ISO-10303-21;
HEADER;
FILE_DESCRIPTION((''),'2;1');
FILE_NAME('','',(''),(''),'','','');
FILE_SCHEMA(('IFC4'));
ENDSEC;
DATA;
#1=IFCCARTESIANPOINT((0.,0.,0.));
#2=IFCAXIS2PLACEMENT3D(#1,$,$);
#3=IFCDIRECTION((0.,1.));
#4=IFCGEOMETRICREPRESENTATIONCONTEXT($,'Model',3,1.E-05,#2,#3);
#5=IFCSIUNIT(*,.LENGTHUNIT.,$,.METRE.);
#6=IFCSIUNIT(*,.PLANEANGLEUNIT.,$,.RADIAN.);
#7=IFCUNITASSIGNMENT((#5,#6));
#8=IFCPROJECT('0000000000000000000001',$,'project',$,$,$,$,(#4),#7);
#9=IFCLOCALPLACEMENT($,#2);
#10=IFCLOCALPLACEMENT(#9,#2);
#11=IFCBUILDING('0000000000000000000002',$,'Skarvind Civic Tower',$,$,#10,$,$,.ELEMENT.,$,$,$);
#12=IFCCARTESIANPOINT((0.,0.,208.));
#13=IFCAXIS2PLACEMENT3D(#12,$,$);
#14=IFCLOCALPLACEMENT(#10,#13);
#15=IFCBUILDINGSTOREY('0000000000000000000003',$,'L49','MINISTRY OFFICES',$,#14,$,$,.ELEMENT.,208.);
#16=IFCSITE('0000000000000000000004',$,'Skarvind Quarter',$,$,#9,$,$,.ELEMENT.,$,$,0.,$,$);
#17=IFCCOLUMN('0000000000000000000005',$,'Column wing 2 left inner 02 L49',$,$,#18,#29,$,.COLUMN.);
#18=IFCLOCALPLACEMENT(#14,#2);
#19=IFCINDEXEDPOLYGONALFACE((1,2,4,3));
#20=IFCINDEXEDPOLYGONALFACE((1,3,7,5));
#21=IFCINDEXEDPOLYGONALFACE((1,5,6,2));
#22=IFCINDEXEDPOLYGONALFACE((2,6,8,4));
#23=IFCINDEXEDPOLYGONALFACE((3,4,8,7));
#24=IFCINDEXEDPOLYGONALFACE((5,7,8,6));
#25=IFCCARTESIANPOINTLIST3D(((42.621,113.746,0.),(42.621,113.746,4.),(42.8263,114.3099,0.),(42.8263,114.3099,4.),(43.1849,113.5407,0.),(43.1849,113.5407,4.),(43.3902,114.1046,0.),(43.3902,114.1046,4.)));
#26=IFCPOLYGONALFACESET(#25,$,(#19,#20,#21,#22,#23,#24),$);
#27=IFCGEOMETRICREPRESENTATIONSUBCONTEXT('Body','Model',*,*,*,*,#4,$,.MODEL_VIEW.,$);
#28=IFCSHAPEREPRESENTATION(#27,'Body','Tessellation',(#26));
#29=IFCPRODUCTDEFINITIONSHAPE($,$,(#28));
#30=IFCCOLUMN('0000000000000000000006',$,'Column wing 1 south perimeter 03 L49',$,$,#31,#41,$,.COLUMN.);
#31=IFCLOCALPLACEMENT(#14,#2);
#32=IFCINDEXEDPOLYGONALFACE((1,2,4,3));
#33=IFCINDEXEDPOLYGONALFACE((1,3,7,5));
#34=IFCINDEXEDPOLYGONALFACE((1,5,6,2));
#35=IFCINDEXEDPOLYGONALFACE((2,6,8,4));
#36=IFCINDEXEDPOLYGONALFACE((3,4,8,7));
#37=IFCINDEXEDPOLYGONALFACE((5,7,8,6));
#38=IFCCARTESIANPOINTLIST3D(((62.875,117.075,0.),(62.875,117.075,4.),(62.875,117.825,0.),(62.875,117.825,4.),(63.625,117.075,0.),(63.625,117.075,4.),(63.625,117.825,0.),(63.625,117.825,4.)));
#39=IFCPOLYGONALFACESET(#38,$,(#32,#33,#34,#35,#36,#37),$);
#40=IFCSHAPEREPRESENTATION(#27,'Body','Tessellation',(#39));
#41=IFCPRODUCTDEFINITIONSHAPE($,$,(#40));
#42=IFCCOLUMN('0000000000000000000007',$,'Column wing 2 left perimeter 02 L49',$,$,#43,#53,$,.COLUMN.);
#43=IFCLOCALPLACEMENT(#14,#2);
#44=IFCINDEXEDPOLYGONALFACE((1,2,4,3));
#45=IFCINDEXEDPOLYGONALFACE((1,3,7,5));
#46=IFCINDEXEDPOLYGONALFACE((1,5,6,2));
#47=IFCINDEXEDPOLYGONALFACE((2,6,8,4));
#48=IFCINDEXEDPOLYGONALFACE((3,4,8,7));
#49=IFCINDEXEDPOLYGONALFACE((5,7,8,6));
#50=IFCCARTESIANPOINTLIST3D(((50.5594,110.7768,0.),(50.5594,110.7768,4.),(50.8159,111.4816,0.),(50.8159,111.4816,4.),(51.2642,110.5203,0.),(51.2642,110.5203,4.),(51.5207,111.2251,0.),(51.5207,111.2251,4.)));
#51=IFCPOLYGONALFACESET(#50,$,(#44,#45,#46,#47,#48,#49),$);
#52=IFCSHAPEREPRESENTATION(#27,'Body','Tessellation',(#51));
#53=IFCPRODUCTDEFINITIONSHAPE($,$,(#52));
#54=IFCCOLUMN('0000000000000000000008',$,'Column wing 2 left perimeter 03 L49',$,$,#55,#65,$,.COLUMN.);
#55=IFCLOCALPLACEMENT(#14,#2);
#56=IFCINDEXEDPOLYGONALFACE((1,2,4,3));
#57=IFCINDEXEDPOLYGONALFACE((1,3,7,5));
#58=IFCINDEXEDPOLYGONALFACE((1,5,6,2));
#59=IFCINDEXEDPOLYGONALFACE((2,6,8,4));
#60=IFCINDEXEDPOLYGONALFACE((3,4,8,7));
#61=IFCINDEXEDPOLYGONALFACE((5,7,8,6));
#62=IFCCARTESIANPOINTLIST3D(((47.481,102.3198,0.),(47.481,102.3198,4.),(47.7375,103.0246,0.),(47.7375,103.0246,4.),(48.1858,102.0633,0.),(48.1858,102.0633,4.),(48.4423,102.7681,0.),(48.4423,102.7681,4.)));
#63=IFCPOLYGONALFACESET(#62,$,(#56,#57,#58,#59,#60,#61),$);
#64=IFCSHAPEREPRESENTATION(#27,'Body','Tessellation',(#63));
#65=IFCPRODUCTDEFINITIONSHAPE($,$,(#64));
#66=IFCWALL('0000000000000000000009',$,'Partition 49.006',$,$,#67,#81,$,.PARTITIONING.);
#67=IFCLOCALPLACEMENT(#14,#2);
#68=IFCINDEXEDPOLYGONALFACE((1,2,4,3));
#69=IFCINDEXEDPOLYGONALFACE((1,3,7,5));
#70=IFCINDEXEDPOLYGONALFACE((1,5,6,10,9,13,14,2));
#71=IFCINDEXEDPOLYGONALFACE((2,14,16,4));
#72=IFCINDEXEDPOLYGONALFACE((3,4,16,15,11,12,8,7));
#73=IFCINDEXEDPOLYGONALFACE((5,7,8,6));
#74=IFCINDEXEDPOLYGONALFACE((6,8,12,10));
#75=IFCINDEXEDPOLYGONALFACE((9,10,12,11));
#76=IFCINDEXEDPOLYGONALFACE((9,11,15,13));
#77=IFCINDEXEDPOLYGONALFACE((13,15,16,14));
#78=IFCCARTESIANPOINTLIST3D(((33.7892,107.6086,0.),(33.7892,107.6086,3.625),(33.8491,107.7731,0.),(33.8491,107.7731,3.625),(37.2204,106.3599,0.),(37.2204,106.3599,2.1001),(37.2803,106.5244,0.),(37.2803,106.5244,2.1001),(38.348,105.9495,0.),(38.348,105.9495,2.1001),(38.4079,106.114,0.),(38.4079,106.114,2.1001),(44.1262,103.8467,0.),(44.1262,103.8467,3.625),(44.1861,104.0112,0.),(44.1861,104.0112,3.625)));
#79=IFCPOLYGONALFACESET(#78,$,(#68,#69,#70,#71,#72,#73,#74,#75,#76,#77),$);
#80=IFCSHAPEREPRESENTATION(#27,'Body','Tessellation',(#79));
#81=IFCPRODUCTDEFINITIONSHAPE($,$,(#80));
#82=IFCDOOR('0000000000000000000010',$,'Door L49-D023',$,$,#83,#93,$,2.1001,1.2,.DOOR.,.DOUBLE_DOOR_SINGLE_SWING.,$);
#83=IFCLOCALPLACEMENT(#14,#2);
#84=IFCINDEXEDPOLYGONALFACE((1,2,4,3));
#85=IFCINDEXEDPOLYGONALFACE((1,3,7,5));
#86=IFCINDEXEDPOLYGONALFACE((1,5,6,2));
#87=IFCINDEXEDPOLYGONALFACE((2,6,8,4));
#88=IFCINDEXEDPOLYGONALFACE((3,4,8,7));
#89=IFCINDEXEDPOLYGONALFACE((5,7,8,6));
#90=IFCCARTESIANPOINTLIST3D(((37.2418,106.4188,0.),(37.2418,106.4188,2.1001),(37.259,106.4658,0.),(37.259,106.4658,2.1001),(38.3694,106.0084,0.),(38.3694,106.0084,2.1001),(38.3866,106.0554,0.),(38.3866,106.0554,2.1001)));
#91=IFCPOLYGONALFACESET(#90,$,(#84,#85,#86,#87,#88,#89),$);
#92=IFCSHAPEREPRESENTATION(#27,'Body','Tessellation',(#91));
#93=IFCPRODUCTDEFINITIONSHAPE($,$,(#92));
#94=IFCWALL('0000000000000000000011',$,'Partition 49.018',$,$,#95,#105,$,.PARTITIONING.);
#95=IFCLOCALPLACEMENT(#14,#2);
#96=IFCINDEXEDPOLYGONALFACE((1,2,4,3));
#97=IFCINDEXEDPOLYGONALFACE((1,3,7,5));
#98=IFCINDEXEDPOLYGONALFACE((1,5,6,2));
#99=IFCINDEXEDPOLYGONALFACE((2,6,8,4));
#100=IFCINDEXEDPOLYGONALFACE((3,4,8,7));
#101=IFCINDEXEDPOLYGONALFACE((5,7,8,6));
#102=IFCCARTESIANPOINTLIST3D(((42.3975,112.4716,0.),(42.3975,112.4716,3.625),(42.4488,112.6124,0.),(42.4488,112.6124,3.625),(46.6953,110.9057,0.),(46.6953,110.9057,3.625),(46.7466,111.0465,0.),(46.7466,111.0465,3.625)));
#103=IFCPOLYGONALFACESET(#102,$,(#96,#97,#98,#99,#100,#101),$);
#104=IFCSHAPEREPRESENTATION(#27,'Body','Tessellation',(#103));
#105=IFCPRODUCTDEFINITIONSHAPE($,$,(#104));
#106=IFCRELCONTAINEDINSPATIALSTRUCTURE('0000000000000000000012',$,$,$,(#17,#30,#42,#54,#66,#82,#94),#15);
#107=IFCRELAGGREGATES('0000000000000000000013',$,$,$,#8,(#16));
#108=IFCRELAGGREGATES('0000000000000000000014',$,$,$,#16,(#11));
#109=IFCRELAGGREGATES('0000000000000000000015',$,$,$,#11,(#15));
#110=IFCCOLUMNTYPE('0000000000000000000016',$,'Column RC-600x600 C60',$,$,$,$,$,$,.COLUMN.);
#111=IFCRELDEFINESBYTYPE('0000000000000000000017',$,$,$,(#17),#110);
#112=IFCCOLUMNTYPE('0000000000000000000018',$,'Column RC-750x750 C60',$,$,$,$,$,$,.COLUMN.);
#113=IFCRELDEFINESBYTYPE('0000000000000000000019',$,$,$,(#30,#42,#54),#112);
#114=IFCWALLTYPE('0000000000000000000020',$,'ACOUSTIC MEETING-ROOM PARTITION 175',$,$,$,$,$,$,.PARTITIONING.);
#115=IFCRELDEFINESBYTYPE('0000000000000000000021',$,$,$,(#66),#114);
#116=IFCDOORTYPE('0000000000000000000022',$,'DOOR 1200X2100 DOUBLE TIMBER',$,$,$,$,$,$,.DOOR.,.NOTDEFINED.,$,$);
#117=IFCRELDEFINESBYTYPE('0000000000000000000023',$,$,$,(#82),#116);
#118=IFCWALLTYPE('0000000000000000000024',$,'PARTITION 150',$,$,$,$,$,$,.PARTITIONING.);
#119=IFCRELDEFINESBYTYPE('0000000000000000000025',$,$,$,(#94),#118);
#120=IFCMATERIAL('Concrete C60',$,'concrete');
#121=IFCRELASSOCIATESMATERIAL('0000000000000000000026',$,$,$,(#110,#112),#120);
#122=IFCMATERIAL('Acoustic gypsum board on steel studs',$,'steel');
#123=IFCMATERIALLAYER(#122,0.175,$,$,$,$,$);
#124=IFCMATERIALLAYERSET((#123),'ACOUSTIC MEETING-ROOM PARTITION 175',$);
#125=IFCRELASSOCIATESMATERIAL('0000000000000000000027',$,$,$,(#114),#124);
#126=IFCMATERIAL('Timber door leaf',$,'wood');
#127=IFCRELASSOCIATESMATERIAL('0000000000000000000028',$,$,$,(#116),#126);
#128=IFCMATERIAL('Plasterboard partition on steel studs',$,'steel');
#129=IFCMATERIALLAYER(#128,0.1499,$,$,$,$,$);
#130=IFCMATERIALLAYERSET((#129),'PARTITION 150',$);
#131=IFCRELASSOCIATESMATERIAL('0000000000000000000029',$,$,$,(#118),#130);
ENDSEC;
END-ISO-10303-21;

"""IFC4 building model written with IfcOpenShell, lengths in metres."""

from ifc_helpers import new_model, si_unit, direction, frame, frame_2d, origin, origin_2d, place, context, subcontext, project, spatial, rectangle, extrude, material, layer, layer_set, material_profile, profile_set, type_object, element, fill, save


model = new_model("IFC4")

# Units and contexts
model_context = context("Model", 3, precision=1e-05, world=origin(), true_north=direction((0.0, 1.0)))
body_context = subcontext(model_context, "Body", "Model", "MODEL_VIEW")
ifc_project = project(units=[si_unit("LENGTHUNIT", "METRE"), si_unit("PLANEANGLEUNIT", "RADIAN")], contexts=[model_context])

# Site, building, storey
site_placement = place(None, origin())
site = spatial("IfcSite", under=ifc_project, at=site_placement, Name="Skarvind Quarter", CompositionType="ELEMENT", RefElevation=0.0)
building_placement = place(site_placement, origin())
building = spatial("IfcBuilding", under=site, at=building_placement, Name="Skarvind Civic Tower", CompositionType="ELEMENT")
storey_placement = place(building_placement, frame((0.0, 0.0, 208.0)))
storey = spatial("IfcBuildingStorey", under=building, at=storey_placement, Name="L49", Description="MINISTRY OFFICES", CompositionType="ELEMENT", Elevation=208.0)

# Columns
ifc_material_1 = material(Name="Concrete C60", Category="concrete")
ifc_material_profile_1 = material_profile(ifc_material_1, rectangle(XDim=0.6001, YDim=0.6001, at=origin_2d()), Name="RC-600x600")
ifc_profile_set_1 = profile_set([ifc_material_profile_1], Name="Concrete C60")
column_type_1 = type_object("IfcColumnType", Name="Column RC-600x600 C60", PredefinedType="COLUMN", material=ifc_profile_set_1)
column_placement = place(storey_placement, frame((43.0056, 113.9253, 0.0), z_axis=(0.0, 0.0, 1.0), x_axis=(-0.34202, -0.939693, 0.0)))
element("IfcColumn", 1, at=column_placement, inside=storey, type_object=column_type_1, Name="Column wing 2 left inner 02 L49", PredefinedType="COLUMN", context=body_context, shape_type="SweptSolid", body=[
    extrude(rectangle(XDim=0.6001, YDim=0.6001, at=origin_2d()), origin(), (0.0, 0.0, 1.0), 4.0),
])
ifc_material_profile_2 = material_profile(ifc_material_1, rectangle(XDim=0.75, YDim=0.75, at=origin_2d()), Name="RC-750x750")
ifc_profile_set_2 = profile_set([ifc_material_profile_2], Name="Concrete C60")
column_type_2 = type_object("IfcColumnType", Name="Column RC-750x750 C60", PredefinedType="COLUMN", material=ifc_profile_set_2)
for number, where, z_axis, x_axis, name in (
    (2, (63.25, 117.45, 0.0), (0.0, 0.0, 1.0), (1.0, 0.0, 0.0), "Column wing 1 south perimeter 03 L49"),
    (3, (51.04, 111.001, 0.0), (0.0, 0.0, 1.0), (-0.34202, -0.939693, 0.0), "Column wing 2 left perimeter 02 L49"),
    (4, (47.9617, 102.5439, 0.0), (0.0, 0.0, 1.0), (-0.34202, -0.939693, 0.0), "Column wing 2 left perimeter 03 L49"),
):
    element("IfcColumn", number, at=place(storey_placement, frame(where, z_axis=z_axis, x_axis=x_axis)), inside=storey, type_object=column_type_2, Name=name, PredefinedType="COLUMN", context=body_context, shape_type="SweptSolid", body=[
        extrude(rectangle(XDim=0.75, YDim=0.75, at=origin_2d()), origin(), (0.0, 0.0, 1.0), 4.0),
    ])

# Wall, opening, door
ifc_material_2 = material(Name="Acoustic gypsum board on steel studs", Category="steel")
ifc_layer_1 = layer(ifc_material_2, 0.175)
ifc_layer_set_1 = layer_set([ifc_layer_1], Name="ACOUSTIC MEETING-ROOM PARTITION 175")
wall_type_1 = type_object("IfcWallType", Name="ACOUSTIC MEETING-ROOM PARTITION 175", PredefinedType="PARTITIONING", material=ifc_layer_set_1)
wall_1_placement = place(storey_placement, frame((44.156, 103.929, 0.0), z_axis=(0.0, 0.0, 1.0), x_axis=(-0.939703, 0.341991, 0.0)))
wall_1 = element("IfcWall", 5, at=wall_1_placement, inside=storey, type_object=wall_type_1, Name="Partition 49.006", PredefinedType="PARTITIONING", context=body_context, shape_type="SweptSolid", body=[
    extrude(rectangle(XDim=11.0002, YDim=0.175, at=frame_2d((5.5, 0.0))), origin(), (0.0, 0.0, 1.0), 3.625),
])
opening_1_placement = place(wall_1_placement, frame((6.1487, 0.0, 0.0)))
opening_1 = element("IfcOpeningElement", 6, at=opening_1_placement, cuts=wall_1, PredefinedType="OPENING", context=body_context, shape_type="SweptSolid", body=[
    extrude(rectangle(XDim=1.2, YDim=2.1001, at=frame_2d((0.6001, 1.05))), frame((0.0, 0.0974, 0.0), z_axis=(0.0, -1.0, 0.0), x_axis=(1.0, 0.0, 0.0)), (0.0, 0.0, 1.0), 0.1951),
])
ifc_material_3 = material(Name="Timber door leaf", Category="wood")
door_type = type_object("IfcDoorType", Name="DOOR 1200X2100 DOUBLE TIMBER", OperationType="NOTDEFINED", PredefinedType="DOOR", material=ifc_material_3)
door_placement = place(opening_1_placement, origin())
door = element("IfcDoor", 7, at=door_placement, inside=storey, type_object=door_type, Name="Door L49-D023", OperationType="DOUBLE_DOOR_SINGLE_SWING", OverallHeight=2.1001, OverallWidth=1.2, PredefinedType="DOOR", context=body_context, shape_type="SweptSolid", body=[
    extrude(rectangle(XDim=1.2, YDim=2.1001, at=frame_2d((0.6001, 1.05))), frame((0.0, 0.0249, 0.0), z_axis=(0.0, -1.0, 0.0), x_axis=(1.0, 0.0, 0.0)), (0.0, 0.0, 1.0), 0.05),
])
fill(opening_1, door)

# Wall
ifc_material_4 = material(Name="Plasterboard partition on steel studs", Category="steel")
ifc_layer_2 = layer(ifc_material_4, 0.1499)
ifc_layer_set_2 = layer_set([ifc_layer_2], Name="PARTITION 150")
wall_type_2 = type_object("IfcWallType", Name="PARTITION 150", PredefinedType="PARTITIONING", material=ifc_layer_set_2)
wall_2_placement = place(storey_placement, frame((46.7209, 110.9761, 0.0), z_axis=(0.0, 0.0, 1.0), x_axis=(-0.939578, 0.342334, 0.0)))
element("IfcWall", 8, at=wall_2_placement, inside=storey, type_object=wall_type_2, Name="Partition 49.018", PredefinedType="PARTITIONING", context=body_context, shape_type="SweptSolid", body=[
    extrude(rectangle(XDim=4.5742, YDim=0.1499, at=frame_2d((2.2871, 0.0))), origin(), (0.0, 0.0, 1.0), 3.625),
])

save(model, "model.ifc")
